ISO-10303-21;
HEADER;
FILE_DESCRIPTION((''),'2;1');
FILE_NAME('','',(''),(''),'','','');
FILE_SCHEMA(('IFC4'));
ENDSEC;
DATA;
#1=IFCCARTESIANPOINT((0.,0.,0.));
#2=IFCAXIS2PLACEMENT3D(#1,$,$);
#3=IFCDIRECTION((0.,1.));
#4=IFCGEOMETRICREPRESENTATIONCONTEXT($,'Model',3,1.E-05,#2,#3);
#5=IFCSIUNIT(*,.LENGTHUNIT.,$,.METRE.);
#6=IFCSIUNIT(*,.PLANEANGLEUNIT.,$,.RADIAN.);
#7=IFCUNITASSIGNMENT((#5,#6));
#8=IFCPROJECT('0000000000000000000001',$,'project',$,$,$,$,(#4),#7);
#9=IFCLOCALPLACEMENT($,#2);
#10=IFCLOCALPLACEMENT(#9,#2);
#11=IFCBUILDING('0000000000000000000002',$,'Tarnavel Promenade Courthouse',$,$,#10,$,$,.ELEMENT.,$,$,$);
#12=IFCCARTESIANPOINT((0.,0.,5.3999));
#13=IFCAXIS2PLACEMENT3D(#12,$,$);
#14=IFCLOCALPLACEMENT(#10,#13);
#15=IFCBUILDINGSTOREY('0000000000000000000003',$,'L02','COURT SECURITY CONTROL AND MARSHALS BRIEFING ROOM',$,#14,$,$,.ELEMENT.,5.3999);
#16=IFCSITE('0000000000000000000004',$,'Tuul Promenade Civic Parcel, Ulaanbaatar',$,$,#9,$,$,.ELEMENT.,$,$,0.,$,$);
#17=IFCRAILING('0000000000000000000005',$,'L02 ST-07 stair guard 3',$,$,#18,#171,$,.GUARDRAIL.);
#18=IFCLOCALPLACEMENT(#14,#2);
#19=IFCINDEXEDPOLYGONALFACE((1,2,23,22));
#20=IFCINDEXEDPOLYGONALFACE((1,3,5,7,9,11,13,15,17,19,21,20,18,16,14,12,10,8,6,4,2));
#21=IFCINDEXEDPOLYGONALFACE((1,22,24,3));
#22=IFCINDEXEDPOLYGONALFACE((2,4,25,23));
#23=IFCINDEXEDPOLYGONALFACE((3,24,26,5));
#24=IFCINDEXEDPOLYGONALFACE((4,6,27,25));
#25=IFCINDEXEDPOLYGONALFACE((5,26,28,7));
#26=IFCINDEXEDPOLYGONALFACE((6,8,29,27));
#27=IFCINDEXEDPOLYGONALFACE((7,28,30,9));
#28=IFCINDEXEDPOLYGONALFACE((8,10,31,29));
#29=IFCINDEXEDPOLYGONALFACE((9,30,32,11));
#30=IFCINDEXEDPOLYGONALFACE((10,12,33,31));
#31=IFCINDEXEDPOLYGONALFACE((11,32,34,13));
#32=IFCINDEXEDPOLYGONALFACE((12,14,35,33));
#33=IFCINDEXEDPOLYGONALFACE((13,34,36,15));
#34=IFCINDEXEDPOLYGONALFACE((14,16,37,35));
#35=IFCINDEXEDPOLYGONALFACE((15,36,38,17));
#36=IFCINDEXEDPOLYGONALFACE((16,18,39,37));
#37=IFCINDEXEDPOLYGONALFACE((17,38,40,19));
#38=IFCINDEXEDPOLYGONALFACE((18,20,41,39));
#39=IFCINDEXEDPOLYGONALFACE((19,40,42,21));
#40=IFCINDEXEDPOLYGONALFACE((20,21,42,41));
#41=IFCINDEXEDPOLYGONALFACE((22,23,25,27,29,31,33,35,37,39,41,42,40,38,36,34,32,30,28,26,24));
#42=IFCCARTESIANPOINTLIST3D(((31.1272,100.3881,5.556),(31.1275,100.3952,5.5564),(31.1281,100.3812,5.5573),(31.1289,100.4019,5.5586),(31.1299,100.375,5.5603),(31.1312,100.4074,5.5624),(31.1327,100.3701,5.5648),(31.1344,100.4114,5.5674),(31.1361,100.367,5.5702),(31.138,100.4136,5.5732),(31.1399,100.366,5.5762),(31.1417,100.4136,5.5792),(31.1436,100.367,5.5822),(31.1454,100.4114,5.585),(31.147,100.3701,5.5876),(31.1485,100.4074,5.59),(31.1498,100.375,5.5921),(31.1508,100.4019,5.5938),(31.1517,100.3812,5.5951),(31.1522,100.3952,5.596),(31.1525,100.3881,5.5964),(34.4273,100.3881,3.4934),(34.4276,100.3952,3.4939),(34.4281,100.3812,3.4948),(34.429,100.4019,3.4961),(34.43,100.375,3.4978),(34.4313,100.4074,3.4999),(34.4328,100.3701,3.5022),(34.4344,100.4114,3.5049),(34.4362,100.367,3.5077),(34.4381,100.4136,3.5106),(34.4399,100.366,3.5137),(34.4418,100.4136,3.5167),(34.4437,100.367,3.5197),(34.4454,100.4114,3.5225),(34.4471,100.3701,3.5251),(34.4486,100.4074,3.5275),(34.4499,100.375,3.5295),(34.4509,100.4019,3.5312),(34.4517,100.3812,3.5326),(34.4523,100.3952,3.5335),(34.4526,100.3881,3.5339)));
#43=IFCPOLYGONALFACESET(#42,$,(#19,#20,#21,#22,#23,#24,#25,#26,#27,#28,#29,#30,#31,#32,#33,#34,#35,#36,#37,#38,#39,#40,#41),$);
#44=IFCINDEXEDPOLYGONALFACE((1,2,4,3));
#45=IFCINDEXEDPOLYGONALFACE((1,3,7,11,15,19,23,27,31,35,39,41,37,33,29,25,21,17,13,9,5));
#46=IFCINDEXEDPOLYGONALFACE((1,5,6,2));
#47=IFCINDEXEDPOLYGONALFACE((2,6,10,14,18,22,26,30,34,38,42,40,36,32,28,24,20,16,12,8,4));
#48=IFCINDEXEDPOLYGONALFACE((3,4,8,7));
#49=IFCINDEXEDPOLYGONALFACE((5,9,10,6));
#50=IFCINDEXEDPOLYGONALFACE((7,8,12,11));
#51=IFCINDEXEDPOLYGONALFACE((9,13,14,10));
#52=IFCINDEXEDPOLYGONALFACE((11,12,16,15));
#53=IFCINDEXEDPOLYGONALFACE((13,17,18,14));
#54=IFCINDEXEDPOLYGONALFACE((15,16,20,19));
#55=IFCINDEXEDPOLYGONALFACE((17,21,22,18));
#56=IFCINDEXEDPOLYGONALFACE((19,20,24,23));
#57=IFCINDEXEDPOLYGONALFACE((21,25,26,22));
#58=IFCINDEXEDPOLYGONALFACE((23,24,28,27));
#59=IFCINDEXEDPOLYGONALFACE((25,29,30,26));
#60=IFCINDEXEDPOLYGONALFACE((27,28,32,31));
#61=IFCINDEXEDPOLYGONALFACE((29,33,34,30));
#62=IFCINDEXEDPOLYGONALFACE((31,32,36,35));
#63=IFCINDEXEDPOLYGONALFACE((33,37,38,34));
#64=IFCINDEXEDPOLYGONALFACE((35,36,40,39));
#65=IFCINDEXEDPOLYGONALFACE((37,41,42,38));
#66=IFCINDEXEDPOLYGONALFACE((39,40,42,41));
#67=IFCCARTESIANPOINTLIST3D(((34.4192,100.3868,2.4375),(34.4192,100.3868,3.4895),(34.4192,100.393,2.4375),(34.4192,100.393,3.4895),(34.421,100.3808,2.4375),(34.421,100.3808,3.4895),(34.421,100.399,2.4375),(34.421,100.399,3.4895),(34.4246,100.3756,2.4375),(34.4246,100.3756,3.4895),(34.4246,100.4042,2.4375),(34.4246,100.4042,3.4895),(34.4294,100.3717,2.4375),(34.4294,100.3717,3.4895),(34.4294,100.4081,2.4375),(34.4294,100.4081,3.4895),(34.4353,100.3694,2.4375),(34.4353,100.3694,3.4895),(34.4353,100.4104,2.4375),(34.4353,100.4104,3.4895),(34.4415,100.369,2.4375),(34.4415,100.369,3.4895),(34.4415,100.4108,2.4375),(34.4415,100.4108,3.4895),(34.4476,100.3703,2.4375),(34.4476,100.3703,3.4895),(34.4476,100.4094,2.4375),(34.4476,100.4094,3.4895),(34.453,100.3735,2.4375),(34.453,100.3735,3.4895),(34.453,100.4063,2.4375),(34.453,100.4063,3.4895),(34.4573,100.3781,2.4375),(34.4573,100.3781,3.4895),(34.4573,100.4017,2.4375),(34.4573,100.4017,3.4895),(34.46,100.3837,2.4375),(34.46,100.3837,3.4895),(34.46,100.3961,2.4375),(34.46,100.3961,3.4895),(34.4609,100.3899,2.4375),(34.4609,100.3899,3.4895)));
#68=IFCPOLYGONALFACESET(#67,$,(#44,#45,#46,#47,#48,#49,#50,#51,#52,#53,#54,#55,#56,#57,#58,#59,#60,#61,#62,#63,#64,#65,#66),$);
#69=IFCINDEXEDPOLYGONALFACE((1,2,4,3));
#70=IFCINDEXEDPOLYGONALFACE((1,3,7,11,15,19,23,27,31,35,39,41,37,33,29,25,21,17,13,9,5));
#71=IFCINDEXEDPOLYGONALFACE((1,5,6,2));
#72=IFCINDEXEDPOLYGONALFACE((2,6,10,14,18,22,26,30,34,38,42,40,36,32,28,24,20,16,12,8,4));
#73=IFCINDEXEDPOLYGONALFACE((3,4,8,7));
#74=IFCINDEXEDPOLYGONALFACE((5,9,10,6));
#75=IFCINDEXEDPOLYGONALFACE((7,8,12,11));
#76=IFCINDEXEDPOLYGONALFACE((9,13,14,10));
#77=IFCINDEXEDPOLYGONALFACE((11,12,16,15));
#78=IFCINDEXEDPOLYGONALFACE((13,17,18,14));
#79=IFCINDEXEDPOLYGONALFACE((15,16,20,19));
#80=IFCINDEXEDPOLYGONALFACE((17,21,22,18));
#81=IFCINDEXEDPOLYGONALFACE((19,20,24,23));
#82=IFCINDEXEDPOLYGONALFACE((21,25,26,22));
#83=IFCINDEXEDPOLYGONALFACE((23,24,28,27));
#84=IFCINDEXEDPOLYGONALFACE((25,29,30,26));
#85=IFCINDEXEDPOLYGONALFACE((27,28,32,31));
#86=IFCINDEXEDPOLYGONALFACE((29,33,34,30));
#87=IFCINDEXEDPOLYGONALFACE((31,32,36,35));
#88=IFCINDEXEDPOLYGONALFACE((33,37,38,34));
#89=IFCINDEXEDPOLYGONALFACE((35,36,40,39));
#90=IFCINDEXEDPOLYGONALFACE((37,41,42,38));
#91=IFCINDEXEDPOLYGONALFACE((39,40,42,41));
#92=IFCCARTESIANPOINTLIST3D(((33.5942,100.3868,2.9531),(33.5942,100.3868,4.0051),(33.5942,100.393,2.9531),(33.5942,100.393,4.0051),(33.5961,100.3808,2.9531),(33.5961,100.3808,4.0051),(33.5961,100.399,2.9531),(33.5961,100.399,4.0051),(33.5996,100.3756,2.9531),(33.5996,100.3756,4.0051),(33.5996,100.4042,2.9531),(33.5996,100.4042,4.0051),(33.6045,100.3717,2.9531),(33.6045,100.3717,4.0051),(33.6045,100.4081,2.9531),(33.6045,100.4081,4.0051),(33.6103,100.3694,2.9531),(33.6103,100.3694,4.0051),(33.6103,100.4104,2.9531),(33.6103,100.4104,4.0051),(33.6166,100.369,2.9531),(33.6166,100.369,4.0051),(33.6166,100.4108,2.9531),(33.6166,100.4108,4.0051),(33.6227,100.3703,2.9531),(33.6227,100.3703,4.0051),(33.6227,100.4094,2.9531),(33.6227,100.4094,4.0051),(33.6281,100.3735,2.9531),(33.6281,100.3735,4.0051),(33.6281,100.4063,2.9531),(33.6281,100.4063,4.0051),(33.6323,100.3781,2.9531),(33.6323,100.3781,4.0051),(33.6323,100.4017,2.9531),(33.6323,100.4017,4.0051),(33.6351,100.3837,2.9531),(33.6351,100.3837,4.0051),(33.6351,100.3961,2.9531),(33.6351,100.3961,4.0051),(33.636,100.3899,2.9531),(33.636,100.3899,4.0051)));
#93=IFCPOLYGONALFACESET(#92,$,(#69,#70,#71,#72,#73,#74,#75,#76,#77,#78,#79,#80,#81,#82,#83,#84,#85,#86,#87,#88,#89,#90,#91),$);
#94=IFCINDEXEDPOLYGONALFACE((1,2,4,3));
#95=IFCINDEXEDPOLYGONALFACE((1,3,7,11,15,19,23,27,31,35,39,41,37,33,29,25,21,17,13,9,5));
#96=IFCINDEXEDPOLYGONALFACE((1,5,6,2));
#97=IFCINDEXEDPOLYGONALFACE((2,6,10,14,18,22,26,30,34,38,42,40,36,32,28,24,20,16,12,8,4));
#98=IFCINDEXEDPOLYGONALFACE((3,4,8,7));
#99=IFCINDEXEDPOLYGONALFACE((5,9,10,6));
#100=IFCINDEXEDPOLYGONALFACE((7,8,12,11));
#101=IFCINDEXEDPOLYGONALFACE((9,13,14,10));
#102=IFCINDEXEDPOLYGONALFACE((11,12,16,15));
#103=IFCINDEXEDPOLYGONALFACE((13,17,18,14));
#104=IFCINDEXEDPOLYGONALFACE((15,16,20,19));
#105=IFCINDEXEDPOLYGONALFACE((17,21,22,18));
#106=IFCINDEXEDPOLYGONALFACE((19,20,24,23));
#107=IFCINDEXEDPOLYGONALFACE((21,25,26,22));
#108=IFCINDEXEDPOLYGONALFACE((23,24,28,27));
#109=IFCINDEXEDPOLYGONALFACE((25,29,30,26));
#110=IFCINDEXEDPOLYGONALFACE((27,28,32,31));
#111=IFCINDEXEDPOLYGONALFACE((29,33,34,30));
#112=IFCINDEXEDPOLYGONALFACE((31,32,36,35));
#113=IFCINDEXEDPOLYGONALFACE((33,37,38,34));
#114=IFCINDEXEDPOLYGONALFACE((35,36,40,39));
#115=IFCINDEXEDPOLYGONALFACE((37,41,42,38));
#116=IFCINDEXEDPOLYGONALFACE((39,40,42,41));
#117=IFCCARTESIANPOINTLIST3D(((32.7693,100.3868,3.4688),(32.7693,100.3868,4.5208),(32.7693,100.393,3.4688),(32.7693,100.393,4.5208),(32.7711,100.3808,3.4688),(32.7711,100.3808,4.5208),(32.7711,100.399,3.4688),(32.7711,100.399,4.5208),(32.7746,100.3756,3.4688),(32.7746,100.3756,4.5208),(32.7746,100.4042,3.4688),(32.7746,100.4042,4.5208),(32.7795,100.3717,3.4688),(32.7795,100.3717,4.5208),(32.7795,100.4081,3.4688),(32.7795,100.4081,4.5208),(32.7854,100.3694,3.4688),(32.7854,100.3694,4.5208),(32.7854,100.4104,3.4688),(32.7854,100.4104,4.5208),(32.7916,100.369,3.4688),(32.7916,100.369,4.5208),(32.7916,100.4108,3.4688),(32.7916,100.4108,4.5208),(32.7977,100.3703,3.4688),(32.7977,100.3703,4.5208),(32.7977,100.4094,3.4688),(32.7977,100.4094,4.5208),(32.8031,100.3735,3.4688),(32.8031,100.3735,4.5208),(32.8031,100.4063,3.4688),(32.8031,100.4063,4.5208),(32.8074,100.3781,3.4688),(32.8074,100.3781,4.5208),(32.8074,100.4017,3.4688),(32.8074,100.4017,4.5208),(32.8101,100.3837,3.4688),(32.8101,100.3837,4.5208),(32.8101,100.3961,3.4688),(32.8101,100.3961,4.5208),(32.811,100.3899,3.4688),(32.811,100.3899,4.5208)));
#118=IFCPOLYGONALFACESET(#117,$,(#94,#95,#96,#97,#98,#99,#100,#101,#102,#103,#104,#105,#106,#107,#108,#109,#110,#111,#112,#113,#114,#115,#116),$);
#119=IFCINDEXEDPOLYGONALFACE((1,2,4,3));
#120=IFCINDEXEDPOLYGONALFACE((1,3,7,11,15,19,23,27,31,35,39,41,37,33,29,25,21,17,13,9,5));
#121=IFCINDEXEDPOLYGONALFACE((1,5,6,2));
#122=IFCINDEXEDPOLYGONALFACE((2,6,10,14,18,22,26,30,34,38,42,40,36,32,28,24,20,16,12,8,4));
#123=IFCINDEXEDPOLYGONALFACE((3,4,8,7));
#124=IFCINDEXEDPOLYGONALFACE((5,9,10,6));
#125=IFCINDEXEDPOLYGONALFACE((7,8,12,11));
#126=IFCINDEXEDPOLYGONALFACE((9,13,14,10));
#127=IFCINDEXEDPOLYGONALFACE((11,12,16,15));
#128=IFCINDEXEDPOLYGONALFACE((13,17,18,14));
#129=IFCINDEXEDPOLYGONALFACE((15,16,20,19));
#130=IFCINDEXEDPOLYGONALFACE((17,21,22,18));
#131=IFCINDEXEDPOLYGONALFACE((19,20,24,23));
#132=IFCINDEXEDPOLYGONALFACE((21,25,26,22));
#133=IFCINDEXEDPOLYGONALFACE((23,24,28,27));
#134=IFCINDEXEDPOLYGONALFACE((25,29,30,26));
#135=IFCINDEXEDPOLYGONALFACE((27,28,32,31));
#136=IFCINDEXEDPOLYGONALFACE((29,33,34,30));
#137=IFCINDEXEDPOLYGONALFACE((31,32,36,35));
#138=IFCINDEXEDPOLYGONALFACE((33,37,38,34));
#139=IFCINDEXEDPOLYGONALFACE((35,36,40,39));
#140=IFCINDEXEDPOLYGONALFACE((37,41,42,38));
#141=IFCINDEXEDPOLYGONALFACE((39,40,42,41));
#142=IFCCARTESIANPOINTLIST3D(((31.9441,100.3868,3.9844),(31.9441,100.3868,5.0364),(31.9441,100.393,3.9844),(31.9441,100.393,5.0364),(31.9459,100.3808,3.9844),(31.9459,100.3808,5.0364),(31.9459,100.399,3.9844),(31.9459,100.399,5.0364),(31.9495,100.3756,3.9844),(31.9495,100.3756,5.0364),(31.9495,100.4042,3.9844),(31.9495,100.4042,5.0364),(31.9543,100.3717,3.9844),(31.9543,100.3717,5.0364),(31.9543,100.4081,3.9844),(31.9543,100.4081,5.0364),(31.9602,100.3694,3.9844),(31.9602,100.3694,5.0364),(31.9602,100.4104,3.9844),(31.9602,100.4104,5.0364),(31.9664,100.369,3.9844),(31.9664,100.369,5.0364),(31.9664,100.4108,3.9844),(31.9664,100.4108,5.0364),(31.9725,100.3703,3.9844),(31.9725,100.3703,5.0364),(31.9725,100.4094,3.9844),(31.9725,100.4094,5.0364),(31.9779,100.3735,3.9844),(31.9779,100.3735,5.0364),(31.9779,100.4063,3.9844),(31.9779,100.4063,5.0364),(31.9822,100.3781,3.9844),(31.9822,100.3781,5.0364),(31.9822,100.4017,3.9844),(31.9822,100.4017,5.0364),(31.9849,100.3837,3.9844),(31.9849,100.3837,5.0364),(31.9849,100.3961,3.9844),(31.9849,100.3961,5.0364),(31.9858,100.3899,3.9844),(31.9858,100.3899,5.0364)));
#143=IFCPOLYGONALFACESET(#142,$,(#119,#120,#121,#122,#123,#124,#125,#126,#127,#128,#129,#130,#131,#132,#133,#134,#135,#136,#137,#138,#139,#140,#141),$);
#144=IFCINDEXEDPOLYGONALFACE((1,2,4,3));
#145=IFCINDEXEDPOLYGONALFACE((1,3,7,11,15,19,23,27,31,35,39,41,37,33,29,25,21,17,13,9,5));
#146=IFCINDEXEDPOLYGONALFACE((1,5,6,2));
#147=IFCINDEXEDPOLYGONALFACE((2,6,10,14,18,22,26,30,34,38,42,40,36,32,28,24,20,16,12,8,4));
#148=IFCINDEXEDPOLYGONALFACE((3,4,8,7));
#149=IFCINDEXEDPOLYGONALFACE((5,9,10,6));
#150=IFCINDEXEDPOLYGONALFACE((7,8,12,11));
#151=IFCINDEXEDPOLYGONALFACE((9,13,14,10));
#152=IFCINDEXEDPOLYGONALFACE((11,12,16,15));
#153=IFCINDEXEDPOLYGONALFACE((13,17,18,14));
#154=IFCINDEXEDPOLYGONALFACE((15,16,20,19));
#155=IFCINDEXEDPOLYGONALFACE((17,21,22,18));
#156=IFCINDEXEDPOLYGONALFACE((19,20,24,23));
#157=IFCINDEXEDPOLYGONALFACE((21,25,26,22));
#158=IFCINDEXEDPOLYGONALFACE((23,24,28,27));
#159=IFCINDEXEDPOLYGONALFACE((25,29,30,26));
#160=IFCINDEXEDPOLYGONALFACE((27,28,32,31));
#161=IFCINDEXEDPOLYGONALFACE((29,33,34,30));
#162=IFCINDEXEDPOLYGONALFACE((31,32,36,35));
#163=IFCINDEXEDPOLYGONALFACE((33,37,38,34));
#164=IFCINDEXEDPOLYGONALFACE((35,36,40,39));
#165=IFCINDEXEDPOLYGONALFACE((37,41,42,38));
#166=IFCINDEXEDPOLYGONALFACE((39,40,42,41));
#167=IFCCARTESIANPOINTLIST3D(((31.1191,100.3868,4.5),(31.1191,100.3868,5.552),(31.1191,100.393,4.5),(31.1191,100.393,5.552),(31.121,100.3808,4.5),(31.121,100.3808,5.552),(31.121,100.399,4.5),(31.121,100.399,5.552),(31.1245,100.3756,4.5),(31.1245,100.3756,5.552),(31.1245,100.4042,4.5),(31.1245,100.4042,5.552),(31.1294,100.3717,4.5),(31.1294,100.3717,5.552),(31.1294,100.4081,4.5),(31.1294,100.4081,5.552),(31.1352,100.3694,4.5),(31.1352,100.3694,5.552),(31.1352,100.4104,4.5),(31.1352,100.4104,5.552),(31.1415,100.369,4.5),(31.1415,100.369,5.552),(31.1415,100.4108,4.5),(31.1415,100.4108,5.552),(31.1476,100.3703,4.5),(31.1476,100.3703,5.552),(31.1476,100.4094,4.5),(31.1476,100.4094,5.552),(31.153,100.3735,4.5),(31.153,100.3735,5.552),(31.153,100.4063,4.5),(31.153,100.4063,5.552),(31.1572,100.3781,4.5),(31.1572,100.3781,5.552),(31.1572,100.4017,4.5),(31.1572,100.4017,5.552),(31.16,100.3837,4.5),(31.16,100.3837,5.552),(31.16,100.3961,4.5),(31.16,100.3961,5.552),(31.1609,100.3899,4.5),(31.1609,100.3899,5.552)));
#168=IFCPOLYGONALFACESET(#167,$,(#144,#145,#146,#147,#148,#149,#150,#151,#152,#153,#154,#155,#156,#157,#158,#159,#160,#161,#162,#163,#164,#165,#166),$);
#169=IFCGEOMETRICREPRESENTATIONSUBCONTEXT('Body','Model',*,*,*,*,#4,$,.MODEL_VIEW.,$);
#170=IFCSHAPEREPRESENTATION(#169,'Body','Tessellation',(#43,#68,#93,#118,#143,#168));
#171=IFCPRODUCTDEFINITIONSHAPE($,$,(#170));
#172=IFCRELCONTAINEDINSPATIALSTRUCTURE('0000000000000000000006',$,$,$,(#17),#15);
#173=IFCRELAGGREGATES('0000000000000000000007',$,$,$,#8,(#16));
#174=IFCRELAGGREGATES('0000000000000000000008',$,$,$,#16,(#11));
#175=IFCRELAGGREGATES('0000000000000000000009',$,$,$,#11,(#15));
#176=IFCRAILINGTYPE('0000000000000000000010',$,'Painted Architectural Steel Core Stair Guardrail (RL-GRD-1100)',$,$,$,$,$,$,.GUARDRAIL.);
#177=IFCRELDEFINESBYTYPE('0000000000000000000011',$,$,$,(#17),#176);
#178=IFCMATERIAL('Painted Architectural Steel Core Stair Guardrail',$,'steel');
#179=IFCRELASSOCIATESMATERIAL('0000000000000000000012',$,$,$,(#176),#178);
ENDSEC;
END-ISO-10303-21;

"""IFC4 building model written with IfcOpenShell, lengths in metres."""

from ifc_helpers import new_model, si_unit, direction, frame, origin, origin_2d, place, context, subcontext, project, spatial, circle, extrude, material, type_object, element, save


model = new_model("IFC4")

# Units and contexts
model_context = context("Model", 3, precision=1e-05, world=origin(), true_north=direction((0.0, 1.0)))
body_context = subcontext(model_context, "Body", "Model", "MODEL_VIEW")
ifc_project = project(units=[si_unit("LENGTHUNIT", "METRE"), si_unit("PLANEANGLEUNIT", "RADIAN")], contexts=[model_context])

# Site, building, storey
site_placement = place(None, origin())
site = spatial("IfcSite", under=ifc_project, at=site_placement, Name="Tuul Promenade Civic Parcel, Ulaanbaatar", CompositionType="ELEMENT", RefElevation=0.0)
building_placement = place(site_placement, origin())
building = spatial("IfcBuilding", under=site, at=building_placement, Name="Tarnavel Promenade Courthouse", CompositionType="ELEMENT")
storey_placement = place(building_placement, frame((0.0, 0.0, 5.3999)))
storey = spatial("IfcBuildingStorey", under=building, at=storey_placement, Name="L02", Description="COURT SECURITY CONTROL AND MARSHALS BRIEFING ROOM", CompositionType="ELEMENT", Elevation=5.3999)

# Railing
ifc_material_1 = material(Name="Painted Architectural Steel Core Stair Guardrail", Category="steel")
railing_type_1 = type_object("IfcRailingType", Name="Painted Architectural Steel Core Stair Guardrail (RL-GRD-1100)", PredefinedType="GUARDRAIL", material=ifc_material_1)
railing_1_placement = place(storey_placement, frame((34.4399, 100.3899, 2.4375)))
element("IfcRailing", 1, at=railing_1_placement, inside=storey, type_object=railing_type_1, Name="L02 ST-07 stair guard 3", PredefinedType="GUARDRAIL", context=body_context, shape_type="SweptSolid", body=[
    extrude(circle(Radius=0.0239, at=origin_2d()), frame((0.0, 0.0, 1.0762), z_axis=(-0.848002, 0.0, 0.529993), x_axis=(0.0, -1.0, 0.0)), (0.0, 0.0, 1.0), 3.8916),
    extrude(circle(Radius=0.021, at=origin_2d()), origin(), (0.0, 0.0, 1.0), 1.052),
    extrude(circle(Radius=0.021, at=origin_2d()), frame((-0.825, 0.0, 0.5156)), (0.0, 0.0, 1.0), 1.052),
    extrude(circle(Radius=0.021, at=origin_2d()), frame((-1.6499, 0.0, 1.0312)), (0.0, 0.0, 1.0), 1.052),
    extrude(circle(Radius=0.021, at=origin_2d()), frame((-2.4751, 0.0, 1.5469)), (0.0, 0.0, 1.0), 1.052),
    extrude(circle(Radius=0.021, at=origin_2d()), frame((-3.3, 0.0, 2.0625)), (0.0, 0.0, 1.0), 1.052),
])

save(model, "model.ifc")
